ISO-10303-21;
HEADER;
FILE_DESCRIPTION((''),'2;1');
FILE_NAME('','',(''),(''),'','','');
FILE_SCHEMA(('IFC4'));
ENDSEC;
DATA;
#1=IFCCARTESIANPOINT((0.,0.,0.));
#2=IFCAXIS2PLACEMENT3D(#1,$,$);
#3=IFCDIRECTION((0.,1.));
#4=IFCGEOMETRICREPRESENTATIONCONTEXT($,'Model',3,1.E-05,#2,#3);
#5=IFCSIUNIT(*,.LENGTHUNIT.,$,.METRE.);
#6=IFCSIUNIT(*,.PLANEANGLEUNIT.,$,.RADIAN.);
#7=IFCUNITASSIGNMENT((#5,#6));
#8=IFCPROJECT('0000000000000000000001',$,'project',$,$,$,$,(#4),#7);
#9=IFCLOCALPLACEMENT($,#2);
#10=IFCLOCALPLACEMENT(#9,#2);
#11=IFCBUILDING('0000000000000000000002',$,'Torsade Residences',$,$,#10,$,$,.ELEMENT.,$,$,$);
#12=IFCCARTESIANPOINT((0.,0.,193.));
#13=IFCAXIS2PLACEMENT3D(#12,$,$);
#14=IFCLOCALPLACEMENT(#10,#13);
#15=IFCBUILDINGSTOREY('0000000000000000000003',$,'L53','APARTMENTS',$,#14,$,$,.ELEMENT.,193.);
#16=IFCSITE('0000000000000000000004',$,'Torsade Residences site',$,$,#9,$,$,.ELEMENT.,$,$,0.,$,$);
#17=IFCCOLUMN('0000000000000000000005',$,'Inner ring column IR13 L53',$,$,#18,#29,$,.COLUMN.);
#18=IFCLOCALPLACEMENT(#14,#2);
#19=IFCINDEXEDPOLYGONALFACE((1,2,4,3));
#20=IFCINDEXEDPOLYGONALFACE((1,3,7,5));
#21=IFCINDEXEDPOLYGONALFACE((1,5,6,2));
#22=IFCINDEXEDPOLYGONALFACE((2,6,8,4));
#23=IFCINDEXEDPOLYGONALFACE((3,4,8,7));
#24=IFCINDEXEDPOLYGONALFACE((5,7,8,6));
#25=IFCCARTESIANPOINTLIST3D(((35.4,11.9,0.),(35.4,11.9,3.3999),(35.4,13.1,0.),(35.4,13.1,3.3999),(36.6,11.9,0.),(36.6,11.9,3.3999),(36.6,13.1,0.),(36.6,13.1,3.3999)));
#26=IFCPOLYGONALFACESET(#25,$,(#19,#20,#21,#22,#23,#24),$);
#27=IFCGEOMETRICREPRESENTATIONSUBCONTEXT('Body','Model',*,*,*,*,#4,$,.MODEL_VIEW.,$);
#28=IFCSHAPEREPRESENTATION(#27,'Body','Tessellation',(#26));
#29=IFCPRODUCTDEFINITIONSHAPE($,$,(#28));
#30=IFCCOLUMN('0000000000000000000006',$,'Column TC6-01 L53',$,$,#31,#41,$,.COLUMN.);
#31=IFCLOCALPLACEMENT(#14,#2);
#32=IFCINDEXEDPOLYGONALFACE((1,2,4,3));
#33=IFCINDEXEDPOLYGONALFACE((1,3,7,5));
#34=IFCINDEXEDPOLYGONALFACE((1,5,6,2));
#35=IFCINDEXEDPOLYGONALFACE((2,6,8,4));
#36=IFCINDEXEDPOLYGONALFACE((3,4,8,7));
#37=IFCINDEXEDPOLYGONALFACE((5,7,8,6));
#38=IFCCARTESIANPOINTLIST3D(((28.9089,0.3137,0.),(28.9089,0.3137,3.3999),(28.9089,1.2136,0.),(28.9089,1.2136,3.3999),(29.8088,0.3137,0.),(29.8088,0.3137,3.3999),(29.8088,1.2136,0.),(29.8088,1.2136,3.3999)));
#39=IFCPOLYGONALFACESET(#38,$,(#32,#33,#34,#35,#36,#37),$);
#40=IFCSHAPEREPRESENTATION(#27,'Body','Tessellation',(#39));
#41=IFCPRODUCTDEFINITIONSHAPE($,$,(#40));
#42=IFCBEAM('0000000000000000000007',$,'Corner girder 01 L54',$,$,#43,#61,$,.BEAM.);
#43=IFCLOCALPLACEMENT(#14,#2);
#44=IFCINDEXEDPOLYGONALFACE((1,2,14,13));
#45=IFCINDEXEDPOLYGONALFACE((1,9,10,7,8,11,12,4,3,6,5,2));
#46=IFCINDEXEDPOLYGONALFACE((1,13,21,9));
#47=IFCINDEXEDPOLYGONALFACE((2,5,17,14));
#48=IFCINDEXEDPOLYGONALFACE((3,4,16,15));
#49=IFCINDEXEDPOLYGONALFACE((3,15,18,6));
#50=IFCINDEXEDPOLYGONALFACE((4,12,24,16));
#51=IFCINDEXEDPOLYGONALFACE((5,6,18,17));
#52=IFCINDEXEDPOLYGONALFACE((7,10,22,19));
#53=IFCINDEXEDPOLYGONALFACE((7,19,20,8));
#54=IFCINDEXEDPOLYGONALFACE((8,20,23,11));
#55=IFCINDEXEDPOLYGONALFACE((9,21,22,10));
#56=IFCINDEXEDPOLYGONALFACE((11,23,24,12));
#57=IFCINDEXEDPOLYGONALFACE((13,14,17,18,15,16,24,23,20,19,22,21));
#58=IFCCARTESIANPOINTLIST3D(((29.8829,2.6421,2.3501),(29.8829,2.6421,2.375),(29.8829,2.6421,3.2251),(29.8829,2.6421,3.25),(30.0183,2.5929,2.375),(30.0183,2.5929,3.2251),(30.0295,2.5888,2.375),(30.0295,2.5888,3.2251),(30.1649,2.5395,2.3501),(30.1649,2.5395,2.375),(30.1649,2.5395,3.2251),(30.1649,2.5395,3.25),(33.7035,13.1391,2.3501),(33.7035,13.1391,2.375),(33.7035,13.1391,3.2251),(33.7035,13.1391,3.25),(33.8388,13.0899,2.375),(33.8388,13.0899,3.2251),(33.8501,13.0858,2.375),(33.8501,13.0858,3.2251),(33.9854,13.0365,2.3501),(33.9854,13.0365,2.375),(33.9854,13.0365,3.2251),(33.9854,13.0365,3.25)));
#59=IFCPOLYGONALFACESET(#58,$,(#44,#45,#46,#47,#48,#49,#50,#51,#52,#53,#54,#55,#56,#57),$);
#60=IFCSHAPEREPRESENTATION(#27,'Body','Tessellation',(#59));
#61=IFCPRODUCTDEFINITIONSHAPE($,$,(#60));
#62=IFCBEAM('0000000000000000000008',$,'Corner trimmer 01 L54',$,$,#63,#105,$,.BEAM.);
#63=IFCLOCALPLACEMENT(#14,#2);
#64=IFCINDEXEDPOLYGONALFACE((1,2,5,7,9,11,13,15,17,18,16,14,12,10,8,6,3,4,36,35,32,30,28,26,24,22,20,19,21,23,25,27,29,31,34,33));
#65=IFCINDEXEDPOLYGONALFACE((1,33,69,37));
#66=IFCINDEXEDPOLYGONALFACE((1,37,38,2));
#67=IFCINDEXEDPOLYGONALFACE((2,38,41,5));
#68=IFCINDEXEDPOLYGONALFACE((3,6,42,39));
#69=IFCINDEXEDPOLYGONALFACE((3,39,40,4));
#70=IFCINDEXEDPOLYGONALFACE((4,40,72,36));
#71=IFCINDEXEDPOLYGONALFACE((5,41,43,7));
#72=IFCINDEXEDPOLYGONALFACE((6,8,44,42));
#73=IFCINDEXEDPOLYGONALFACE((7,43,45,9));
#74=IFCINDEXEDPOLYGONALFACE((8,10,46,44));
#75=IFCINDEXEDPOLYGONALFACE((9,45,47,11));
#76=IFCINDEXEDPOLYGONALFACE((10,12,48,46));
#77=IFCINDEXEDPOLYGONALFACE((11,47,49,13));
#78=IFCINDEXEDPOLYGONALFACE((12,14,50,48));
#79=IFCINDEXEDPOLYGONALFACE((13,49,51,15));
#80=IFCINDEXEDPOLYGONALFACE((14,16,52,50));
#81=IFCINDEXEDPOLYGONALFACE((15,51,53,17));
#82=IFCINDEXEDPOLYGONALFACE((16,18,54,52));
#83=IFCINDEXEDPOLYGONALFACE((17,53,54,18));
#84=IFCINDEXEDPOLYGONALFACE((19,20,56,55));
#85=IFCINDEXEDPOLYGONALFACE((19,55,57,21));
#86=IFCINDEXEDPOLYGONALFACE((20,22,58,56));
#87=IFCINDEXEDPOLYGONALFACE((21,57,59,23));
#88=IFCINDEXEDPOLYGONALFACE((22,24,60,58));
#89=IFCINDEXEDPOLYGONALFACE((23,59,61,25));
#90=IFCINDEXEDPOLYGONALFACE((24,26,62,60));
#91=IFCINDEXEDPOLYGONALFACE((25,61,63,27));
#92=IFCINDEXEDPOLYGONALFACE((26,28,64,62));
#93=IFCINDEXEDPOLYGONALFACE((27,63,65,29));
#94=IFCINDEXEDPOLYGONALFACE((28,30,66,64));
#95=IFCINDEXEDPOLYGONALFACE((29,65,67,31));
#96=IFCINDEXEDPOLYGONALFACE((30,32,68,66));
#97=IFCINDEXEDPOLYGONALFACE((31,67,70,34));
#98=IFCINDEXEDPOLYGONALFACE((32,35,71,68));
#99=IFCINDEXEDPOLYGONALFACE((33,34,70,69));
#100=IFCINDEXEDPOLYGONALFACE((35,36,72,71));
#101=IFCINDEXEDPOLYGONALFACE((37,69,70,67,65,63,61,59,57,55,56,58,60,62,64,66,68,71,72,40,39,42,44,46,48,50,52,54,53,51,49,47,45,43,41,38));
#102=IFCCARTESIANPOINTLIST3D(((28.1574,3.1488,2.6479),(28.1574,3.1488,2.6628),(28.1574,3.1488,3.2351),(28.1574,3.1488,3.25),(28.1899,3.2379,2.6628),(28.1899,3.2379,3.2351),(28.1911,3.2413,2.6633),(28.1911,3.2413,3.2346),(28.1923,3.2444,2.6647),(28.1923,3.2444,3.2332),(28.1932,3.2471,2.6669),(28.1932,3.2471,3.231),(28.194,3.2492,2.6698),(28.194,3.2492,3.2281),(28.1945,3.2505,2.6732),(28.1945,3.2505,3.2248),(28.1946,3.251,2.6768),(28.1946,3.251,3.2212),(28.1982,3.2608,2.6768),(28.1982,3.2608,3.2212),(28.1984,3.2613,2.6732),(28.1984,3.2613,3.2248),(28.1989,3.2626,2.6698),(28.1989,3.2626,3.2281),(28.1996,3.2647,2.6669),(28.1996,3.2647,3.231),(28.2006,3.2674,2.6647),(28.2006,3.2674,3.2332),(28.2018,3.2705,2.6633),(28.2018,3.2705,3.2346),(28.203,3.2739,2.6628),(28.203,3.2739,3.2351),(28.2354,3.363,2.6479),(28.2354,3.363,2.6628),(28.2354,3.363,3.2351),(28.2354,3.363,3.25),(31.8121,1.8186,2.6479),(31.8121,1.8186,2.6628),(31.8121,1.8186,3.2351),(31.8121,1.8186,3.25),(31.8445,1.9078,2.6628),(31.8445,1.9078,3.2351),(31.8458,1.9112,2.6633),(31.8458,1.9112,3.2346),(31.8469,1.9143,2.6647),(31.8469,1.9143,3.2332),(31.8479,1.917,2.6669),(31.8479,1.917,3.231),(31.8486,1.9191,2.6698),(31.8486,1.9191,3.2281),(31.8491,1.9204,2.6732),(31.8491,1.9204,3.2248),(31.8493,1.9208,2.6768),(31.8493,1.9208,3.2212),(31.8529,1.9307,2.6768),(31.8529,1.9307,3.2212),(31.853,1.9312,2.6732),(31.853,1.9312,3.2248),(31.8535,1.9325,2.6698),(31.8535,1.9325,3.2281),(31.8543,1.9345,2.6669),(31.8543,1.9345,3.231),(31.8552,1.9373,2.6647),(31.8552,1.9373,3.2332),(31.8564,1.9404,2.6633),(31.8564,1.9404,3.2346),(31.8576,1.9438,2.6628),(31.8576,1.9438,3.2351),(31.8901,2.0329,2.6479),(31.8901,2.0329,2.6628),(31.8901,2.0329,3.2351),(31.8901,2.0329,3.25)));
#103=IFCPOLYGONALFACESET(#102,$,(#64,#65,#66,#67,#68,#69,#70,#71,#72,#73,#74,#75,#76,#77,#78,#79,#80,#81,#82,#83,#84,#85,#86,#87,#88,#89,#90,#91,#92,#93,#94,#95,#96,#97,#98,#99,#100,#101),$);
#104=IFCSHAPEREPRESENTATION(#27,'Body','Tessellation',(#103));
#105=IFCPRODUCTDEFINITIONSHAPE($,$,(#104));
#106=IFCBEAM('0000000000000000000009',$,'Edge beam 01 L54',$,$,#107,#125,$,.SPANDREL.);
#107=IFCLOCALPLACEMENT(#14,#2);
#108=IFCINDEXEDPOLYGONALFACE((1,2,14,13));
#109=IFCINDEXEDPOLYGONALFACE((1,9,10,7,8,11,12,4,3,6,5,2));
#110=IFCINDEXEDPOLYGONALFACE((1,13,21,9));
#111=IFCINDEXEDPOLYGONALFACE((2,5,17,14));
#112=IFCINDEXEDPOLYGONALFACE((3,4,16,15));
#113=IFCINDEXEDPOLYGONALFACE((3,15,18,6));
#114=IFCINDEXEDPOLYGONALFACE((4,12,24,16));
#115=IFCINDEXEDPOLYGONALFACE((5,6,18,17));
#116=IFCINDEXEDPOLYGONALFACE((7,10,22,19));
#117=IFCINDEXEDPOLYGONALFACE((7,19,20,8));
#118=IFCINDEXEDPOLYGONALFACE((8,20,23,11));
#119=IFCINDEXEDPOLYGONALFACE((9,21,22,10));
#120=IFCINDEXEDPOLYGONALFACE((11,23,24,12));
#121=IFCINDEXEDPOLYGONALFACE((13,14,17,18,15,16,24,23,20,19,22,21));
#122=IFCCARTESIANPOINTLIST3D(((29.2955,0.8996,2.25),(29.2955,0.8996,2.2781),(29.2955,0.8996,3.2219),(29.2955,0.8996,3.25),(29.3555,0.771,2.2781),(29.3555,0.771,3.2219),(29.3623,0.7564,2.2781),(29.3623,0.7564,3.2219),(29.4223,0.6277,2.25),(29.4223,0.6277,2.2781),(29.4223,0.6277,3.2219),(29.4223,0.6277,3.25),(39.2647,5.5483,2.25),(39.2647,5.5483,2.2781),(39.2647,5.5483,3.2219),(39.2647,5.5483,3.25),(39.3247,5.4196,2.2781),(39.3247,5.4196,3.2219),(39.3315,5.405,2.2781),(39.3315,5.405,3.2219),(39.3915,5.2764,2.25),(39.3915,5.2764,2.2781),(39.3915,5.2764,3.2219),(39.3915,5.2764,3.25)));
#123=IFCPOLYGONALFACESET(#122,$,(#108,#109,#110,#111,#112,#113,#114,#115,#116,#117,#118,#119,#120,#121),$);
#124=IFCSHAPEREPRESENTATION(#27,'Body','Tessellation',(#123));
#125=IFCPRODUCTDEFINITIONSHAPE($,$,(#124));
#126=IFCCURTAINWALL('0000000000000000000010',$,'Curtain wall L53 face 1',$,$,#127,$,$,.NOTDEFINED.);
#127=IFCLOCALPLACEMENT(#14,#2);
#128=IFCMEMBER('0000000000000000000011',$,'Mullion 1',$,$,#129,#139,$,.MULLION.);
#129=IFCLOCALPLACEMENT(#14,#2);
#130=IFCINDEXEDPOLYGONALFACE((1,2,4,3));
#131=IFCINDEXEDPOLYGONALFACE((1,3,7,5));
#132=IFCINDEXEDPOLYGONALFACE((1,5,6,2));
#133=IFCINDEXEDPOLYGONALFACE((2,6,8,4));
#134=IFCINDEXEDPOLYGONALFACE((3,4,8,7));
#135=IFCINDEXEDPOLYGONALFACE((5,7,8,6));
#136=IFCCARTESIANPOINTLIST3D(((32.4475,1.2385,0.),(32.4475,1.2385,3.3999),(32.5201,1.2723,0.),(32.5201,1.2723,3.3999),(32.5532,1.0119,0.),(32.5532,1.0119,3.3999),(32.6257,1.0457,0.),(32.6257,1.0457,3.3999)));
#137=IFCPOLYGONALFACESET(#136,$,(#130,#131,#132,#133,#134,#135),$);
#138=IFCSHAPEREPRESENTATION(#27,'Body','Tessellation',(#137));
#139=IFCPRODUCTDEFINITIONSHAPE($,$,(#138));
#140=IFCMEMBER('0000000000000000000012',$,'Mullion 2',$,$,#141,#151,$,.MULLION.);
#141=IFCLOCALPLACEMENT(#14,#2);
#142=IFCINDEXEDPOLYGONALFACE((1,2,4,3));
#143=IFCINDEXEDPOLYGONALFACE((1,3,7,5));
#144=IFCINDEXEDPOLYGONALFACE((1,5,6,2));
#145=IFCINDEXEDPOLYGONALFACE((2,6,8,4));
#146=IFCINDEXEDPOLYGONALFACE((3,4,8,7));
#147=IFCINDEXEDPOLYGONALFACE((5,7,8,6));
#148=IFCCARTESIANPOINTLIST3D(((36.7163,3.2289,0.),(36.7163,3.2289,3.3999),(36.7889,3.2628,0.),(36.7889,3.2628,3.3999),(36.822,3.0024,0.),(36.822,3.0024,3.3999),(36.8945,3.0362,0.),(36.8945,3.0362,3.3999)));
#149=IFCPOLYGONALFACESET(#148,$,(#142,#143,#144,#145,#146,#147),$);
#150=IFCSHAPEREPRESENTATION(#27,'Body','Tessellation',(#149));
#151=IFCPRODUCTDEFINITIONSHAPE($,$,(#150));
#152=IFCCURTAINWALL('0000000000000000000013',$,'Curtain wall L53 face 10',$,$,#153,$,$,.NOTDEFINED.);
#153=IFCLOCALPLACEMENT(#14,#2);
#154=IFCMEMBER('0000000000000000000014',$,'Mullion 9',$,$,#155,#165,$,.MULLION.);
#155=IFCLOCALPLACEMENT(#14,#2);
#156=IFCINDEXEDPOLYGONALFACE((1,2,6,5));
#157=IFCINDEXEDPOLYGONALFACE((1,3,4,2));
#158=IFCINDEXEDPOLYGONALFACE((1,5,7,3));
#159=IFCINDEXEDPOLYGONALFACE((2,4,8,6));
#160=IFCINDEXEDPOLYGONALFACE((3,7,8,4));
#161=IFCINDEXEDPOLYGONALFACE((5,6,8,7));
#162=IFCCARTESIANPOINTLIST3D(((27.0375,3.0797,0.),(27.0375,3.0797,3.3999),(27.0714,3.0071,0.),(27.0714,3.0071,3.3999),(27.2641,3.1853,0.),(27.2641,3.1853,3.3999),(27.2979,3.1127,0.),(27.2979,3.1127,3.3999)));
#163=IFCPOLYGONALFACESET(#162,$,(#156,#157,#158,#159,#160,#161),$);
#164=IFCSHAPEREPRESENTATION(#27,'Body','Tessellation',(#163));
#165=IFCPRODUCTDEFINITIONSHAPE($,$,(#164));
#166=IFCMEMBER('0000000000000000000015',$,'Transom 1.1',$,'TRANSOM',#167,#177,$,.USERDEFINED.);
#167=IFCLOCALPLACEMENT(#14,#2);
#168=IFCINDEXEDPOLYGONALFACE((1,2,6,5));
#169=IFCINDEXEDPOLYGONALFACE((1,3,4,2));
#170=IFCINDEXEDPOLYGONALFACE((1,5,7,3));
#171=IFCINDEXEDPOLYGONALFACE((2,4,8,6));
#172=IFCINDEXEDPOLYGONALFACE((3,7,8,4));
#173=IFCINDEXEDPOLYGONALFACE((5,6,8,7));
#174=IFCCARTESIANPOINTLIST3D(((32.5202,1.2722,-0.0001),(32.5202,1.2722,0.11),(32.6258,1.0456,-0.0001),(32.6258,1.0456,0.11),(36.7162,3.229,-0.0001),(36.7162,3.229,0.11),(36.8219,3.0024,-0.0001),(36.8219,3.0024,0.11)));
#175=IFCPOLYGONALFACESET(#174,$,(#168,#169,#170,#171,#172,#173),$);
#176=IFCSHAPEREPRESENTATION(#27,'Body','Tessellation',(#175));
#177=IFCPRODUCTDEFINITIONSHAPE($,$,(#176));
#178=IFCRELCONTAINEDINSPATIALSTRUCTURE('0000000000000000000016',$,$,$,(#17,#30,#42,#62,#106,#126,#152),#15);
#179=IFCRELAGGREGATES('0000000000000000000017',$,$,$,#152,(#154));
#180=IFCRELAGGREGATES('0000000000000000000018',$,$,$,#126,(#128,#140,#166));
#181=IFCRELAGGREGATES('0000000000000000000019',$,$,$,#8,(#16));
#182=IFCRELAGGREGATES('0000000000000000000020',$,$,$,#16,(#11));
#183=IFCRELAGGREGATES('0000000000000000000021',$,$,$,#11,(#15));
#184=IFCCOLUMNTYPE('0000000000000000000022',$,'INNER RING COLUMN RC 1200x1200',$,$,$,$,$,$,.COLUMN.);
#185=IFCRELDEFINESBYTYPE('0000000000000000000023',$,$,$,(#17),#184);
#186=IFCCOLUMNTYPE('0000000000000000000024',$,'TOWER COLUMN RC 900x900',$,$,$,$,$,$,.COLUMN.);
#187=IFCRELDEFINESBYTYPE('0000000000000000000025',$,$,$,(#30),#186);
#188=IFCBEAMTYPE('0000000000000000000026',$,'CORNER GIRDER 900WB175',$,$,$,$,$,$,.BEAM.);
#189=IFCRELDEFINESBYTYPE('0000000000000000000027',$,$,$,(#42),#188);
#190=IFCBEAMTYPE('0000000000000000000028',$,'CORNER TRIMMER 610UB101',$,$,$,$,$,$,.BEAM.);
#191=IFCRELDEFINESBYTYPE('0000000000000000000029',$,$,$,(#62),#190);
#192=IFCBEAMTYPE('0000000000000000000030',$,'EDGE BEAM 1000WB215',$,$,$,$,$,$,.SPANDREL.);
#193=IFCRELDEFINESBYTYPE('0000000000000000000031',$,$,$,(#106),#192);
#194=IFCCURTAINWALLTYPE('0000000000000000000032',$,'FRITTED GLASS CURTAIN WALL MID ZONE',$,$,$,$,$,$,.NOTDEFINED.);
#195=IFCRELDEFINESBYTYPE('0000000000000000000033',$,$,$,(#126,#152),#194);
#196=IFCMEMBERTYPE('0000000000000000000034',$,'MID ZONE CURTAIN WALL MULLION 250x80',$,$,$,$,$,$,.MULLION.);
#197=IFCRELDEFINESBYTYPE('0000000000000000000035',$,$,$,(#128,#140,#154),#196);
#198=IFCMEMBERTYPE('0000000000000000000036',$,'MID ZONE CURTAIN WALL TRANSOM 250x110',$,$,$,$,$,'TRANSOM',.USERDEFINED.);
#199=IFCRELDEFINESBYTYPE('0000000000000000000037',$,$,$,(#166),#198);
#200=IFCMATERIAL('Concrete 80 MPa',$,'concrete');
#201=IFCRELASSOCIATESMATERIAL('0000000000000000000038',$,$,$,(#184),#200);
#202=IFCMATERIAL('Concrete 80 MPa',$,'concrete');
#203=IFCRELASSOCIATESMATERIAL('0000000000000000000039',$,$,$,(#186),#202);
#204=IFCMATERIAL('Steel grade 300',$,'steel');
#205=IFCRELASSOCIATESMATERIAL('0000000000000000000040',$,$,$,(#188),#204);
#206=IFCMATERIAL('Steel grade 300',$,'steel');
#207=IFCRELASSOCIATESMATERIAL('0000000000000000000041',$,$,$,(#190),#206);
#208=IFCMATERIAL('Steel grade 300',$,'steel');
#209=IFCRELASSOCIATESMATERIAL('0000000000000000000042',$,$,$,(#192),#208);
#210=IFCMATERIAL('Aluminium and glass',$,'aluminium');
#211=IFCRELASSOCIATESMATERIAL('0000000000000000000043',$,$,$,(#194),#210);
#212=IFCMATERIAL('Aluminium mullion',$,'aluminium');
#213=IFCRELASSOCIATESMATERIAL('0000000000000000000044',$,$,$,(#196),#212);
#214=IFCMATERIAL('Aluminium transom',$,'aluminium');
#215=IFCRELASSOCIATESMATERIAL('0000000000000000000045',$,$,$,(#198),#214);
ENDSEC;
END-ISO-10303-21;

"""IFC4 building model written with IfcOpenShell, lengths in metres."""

from ifc_helpers import new_model, si_unit, direction, frame, origin, origin_2d, place, context, subcontext, project, spatial, rectangle, i_section, extrude, material, material_profile, profile_set, type_object, element, aggregate, save


model = new_model("IFC4")

# Units and contexts
model_context = context("Model", 3, precision=1e-05, world=origin(), true_north=direction((0.0, 1.0)))
body_context = subcontext(model_context, "Body", "Model", "MODEL_VIEW")
ifc_project = project(units=[si_unit("LENGTHUNIT", "METRE"), si_unit("PLANEANGLEUNIT", "RADIAN")], contexts=[model_context])

# Site, building, storey
site_placement = place(None, origin())
site = spatial("IfcSite", under=ifc_project, at=site_placement, Name="Torsade Residences site", CompositionType="ELEMENT", RefElevation=0.0)
building_placement = place(site_placement, origin())
building = spatial("IfcBuilding", under=site, at=building_placement, Name="Torsade Residences", CompositionType="ELEMENT")
storey_placement = place(building_placement, frame((0.0, 0.0, 193.0)))
storey = spatial("IfcBuildingStorey", under=building, at=storey_placement, Name="L53", Description="APARTMENTS", CompositionType="ELEMENT", Elevation=193.0)

# Columns
ifc_material_1 = material(Name="Concrete 80 MPa", Category="concrete")
ifc_material_profile_1 = material_profile(ifc_material_1, rectangle(XDim=1.2, YDim=1.2, at=origin_2d()), Name="RC 1200x1200")
ifc_profile_set_1 = profile_set([ifc_material_profile_1], Name="Concrete 80 MPa")
column_type_1 = type_object("IfcColumnType", Name="INNER RING COLUMN RC 1200x1200", PredefinedType="COLUMN", material=ifc_profile_set_1)
column_1_placement = place(storey_placement, frame((36.0, 12.5, 0.0), z_axis=(0.0, 0.0, 1.0), x_axis=(1.0, 0.0, 0.0)))
element("IfcColumn", 1, at=column_1_placement, inside=storey, type_object=column_type_1, Name="Inner ring column IR13 L53", PredefinedType="COLUMN", context=body_context, shape_type="SweptSolid", body=[
    extrude(rectangle(XDim=1.2, YDim=1.2, at=origin_2d()), origin(), (0.0, 0.0, 1.0), 3.3999),
])
ifc_material_2 = material(Name="Concrete 80 MPa", Category="concrete")
ifc_material_profile_2 = material_profile(ifc_material_2, rectangle(XDim=0.8999, YDim=0.8999, at=origin_2d()), Name="RC 900x900")
ifc_profile_set_2 = profile_set([ifc_material_profile_2], Name="Concrete 80 MPa")
column_type_2 = type_object("IfcColumnType", Name="TOWER COLUMN RC 900x900", PredefinedType="COLUMN", material=ifc_profile_set_2)
column_2_placement = place(storey_placement, frame((29.3589, 0.7637, 0.0), z_axis=(0.0, 0.0, 1.0), x_axis=(1.0, 0.0, 0.0)))
element("IfcColumn", 2, at=column_2_placement, inside=storey, type_object=column_type_2, Name="Column TC6-01 L53", PredefinedType="COLUMN", context=body_context, shape_type="SweptSolid", body=[
    extrude(rectangle(XDim=0.8999, YDim=0.8999, at=origin_2d()), origin(), (0.0, 0.0, 1.0), 3.3999),
])

# Beams
ifc_material_3 = material(Name="Steel grade 300", Category="steel")
ifc_material_profile_3 = material_profile(ifc_material_3, i_section(OverallWidth=0.3, OverallDepth=0.8999, WebThickness=0.012, FlangeThickness=0.0249, at=origin_2d()), Name="900WB175")
ifc_profile_set_3 = profile_set([ifc_material_profile_3], Name="Steel grade 300")
beam_type_1 = type_object("IfcBeamType", Name="CORNER GIRDER 900WB175", PredefinedType="BEAM", material=ifc_profile_set_3)
beam_1_placement = place(storey_placement, frame((30.0239, 2.5908, 2.8), z_axis=(0.342015, 0.939694, 0.0), x_axis=(-0.939694, 0.342015, 0.0)))
element("IfcBeam", 3, at=beam_1_placement, inside=storey, type_object=beam_type_1, Name="Corner girder 01 L54", PredefinedType="BEAM", context=body_context, shape_type="SweptSolid", body=[
    extrude(i_section(OverallWidth=0.3, OverallDepth=0.8999, WebThickness=0.012, FlangeThickness=0.0249, at=origin_2d()), origin(), (0.0, 0.0, 1.0), 11.1707),
])
ifc_material_4 = material(Name="Steel grade 300", Category="steel")
ifc_material_profile_4 = material_profile(ifc_material_4, i_section(OverallWidth=0.228, OverallDepth=0.6021, WebThickness=0.0105, FlangeThickness=0.0149, FilletRadius=0.0139, at=origin_2d()), Name="610UB101")
ifc_profile_set_4 = profile_set([ifc_material_profile_4], Name="Steel grade 300")
beam_type_2 = type_object("IfcBeamType", Name="CORNER TRIMMER 610UB101", PredefinedType="BEAM", material=ifc_profile_set_4)
beam_2_placement = place(storey_placement, frame((31.8511, 1.9258, 2.949), z_axis=(-0.939698, 0.342005, 0.0), x_axis=(-0.342005, -0.939698, 0.0)))
element("IfcBeam", 4, at=beam_2_placement, inside=storey, type_object=beam_type_2, Name="Corner trimmer 01 L54", PredefinedType="BEAM", context=body_context, shape_type="SweptSolid", body=[
    extrude(i_section(OverallWidth=0.228, OverallDepth=0.6021, WebThickness=0.0105, FlangeThickness=0.0149, FilletRadius=0.0139, at=origin_2d()), origin(), (0.0, 0.0, 1.0), 3.8892),
])
ifc_material_5 = material(Name="Steel grade 300", Category="steel")
ifc_material_profile_5 = material_profile(ifc_material_5, i_section(OverallWidth=0.3, OverallDepth=1.0, WebThickness=0.0161, FlangeThickness=0.0281, at=origin_2d()), Name="1000WB215")
ifc_profile_set_5 = profile_set([ifc_material_profile_5], Name="Steel grade 300")
beam_type_3 = type_object("IfcBeamType", Name="EDGE BEAM 1000WB215", PredefinedType="SPANDREL", material=ifc_profile_set_5)
beam_3_placement = place(storey_placement, frame((29.3589, 0.7637, 2.75), z_axis=(0.90631, 0.422614, 0.0), x_axis=(-0.422614, 0.90631, 0.0)))
element("IfcBeam", 5, at=beam_3_placement, inside=storey, type_object=beam_type_3, Name="Edge beam 01 L54", PredefinedType="SPANDREL", context=body_context, shape_type="SweptSolid", body=[
    extrude(i_section(OverallWidth=0.3, OverallDepth=1.0, WebThickness=0.0161, FlangeThickness=0.0281, at=origin_2d()), origin(), (0.0, 0.0, 1.0), 10.9998),
])

# Curtain wall, members
ifc_material_6 = material(Name="Aluminium and glass", Category="aluminium")
curtain_wall_type = type_object("IfcCurtainWallType", Name="FRITTED GLASS CURTAIN WALL MID ZONE", PredefinedType="NOTDEFINED", material=ifc_material_6)
curtain_wall_1_placement = place(storey_placement, origin())
curtain_wall_1 = element("IfcCurtainWall", 6, at=curtain_wall_1_placement, inside=storey, type_object=curtain_wall_type, Name="Curtain wall L53 face 1", PredefinedType="NOTDEFINED")
ifc_material_7 = material(Name="Aluminium mullion", Category="aluminium")
ifc_material_profile_6 = material_profile(ifc_material_7, rectangle(XDim=0.25, YDim=0.0801, at=origin_2d()), Name="MID ZONE CURTAIN WALL MULLION 250x80")
ifc_profile_set_6 = profile_set([ifc_material_profile_6], Name="Aluminium mullion")
member_type_1 = type_object("IfcMemberType", Name="MID ZONE CURTAIN WALL MULLION 250x80", PredefinedType="MULLION", material=ifc_profile_set_6)
member_1_placement = place(storey_placement, frame((32.5366, 1.1421, 0.0), z_axis=(0.0, 0.0, 1.0), x_axis=(-0.422618, 0.906308, 0.0)))
member_1 = element("IfcMember", 7, at=member_1_placement, type_object=member_type_1, Name="Mullion 1", PredefinedType="MULLION", context=body_context, shape_type="SweptSolid", body=[
    extrude(rectangle(XDim=0.25, YDim=0.0801, at=origin_2d()), origin(), (0.0, 0.0, 1.0), 3.3999),
])
member_2_placement = place(storey_placement, frame((36.8054, 3.1326, 0.0), z_axis=(0.0, 0.0, 1.0), x_axis=(-0.422618, 0.906308, 0.0)))
member_2 = element("IfcMember", 8, at=member_2_placement, type_object=member_type_1, Name="Mullion 2", PredefinedType="MULLION", context=body_context, shape_type="SweptSolid", body=[
    extrude(rectangle(XDim=0.25, YDim=0.0801, at=origin_2d()), origin(), (0.0, 0.0, 1.0), 3.3999),
])

# Curtain wall, member
curtain_wall_2_placement = place(storey_placement, origin())
curtain_wall_2 = element("IfcCurtainWall", 9, at=curtain_wall_2_placement, inside=storey, type_object=curtain_wall_type, Name="Curtain wall L53 face 10", PredefinedType="NOTDEFINED")
member_3_placement = place(storey_placement, frame((27.1677, 3.0962, 0.0), z_axis=(0.0, 0.0, 1.0), x_axis=(0.906308, 0.422618, 0.0)))
member_3 = element("IfcMember", 10, at=member_3_placement, type_object=member_type_1, Name="Mullion 9", PredefinedType="MULLION", context=body_context, shape_type="SweptSolid", body=[
    extrude(rectangle(XDim=0.25, YDim=0.0801, at=origin_2d()), origin(), (0.0, 0.0, 1.0), 3.3999),
])

# Member
ifc_material_8 = material(Name="Aluminium transom", Category="aluminium")
ifc_material_profile_7 = material_profile(ifc_material_8, rectangle(XDim=0.25, YDim=0.1101, at=origin_2d()), Name="MID ZONE CURTAIN WALL TRANSOM 250x110")
ifc_profile_set_7 = profile_set([ifc_material_profile_7], Name="Aluminium transom")
member_type_2 = type_object("IfcMemberType", Name="MID ZONE CURTAIN WALL TRANSOM 250x110", ElementType="TRANSOM", PredefinedType="USERDEFINED", material=ifc_profile_set_7)
member_4_placement = place(storey_placement, frame((32.573, 1.1589, 0.0549), z_axis=(0.906296, 0.422643, 0.0), x_axis=(-0.422643, 0.906296, 0.0)))
member_4 = element("IfcMember", 11, at=member_4_placement, type_object=member_type_2, Name="Transom 1.1", ObjectType="TRANSOM", PredefinedType="USERDEFINED", context=body_context, shape_type="SweptSolid", body=[
    extrude(rectangle(XDim=0.25, YDim=0.1101, at=origin_2d()), origin(), (0.0, 0.0, 1.0), 4.6299),
])

aggregate(curtain_wall_2, [member_3])
aggregate(curtain_wall_1, [member_1, member_2, member_4])

save(model, "model.ifc")
